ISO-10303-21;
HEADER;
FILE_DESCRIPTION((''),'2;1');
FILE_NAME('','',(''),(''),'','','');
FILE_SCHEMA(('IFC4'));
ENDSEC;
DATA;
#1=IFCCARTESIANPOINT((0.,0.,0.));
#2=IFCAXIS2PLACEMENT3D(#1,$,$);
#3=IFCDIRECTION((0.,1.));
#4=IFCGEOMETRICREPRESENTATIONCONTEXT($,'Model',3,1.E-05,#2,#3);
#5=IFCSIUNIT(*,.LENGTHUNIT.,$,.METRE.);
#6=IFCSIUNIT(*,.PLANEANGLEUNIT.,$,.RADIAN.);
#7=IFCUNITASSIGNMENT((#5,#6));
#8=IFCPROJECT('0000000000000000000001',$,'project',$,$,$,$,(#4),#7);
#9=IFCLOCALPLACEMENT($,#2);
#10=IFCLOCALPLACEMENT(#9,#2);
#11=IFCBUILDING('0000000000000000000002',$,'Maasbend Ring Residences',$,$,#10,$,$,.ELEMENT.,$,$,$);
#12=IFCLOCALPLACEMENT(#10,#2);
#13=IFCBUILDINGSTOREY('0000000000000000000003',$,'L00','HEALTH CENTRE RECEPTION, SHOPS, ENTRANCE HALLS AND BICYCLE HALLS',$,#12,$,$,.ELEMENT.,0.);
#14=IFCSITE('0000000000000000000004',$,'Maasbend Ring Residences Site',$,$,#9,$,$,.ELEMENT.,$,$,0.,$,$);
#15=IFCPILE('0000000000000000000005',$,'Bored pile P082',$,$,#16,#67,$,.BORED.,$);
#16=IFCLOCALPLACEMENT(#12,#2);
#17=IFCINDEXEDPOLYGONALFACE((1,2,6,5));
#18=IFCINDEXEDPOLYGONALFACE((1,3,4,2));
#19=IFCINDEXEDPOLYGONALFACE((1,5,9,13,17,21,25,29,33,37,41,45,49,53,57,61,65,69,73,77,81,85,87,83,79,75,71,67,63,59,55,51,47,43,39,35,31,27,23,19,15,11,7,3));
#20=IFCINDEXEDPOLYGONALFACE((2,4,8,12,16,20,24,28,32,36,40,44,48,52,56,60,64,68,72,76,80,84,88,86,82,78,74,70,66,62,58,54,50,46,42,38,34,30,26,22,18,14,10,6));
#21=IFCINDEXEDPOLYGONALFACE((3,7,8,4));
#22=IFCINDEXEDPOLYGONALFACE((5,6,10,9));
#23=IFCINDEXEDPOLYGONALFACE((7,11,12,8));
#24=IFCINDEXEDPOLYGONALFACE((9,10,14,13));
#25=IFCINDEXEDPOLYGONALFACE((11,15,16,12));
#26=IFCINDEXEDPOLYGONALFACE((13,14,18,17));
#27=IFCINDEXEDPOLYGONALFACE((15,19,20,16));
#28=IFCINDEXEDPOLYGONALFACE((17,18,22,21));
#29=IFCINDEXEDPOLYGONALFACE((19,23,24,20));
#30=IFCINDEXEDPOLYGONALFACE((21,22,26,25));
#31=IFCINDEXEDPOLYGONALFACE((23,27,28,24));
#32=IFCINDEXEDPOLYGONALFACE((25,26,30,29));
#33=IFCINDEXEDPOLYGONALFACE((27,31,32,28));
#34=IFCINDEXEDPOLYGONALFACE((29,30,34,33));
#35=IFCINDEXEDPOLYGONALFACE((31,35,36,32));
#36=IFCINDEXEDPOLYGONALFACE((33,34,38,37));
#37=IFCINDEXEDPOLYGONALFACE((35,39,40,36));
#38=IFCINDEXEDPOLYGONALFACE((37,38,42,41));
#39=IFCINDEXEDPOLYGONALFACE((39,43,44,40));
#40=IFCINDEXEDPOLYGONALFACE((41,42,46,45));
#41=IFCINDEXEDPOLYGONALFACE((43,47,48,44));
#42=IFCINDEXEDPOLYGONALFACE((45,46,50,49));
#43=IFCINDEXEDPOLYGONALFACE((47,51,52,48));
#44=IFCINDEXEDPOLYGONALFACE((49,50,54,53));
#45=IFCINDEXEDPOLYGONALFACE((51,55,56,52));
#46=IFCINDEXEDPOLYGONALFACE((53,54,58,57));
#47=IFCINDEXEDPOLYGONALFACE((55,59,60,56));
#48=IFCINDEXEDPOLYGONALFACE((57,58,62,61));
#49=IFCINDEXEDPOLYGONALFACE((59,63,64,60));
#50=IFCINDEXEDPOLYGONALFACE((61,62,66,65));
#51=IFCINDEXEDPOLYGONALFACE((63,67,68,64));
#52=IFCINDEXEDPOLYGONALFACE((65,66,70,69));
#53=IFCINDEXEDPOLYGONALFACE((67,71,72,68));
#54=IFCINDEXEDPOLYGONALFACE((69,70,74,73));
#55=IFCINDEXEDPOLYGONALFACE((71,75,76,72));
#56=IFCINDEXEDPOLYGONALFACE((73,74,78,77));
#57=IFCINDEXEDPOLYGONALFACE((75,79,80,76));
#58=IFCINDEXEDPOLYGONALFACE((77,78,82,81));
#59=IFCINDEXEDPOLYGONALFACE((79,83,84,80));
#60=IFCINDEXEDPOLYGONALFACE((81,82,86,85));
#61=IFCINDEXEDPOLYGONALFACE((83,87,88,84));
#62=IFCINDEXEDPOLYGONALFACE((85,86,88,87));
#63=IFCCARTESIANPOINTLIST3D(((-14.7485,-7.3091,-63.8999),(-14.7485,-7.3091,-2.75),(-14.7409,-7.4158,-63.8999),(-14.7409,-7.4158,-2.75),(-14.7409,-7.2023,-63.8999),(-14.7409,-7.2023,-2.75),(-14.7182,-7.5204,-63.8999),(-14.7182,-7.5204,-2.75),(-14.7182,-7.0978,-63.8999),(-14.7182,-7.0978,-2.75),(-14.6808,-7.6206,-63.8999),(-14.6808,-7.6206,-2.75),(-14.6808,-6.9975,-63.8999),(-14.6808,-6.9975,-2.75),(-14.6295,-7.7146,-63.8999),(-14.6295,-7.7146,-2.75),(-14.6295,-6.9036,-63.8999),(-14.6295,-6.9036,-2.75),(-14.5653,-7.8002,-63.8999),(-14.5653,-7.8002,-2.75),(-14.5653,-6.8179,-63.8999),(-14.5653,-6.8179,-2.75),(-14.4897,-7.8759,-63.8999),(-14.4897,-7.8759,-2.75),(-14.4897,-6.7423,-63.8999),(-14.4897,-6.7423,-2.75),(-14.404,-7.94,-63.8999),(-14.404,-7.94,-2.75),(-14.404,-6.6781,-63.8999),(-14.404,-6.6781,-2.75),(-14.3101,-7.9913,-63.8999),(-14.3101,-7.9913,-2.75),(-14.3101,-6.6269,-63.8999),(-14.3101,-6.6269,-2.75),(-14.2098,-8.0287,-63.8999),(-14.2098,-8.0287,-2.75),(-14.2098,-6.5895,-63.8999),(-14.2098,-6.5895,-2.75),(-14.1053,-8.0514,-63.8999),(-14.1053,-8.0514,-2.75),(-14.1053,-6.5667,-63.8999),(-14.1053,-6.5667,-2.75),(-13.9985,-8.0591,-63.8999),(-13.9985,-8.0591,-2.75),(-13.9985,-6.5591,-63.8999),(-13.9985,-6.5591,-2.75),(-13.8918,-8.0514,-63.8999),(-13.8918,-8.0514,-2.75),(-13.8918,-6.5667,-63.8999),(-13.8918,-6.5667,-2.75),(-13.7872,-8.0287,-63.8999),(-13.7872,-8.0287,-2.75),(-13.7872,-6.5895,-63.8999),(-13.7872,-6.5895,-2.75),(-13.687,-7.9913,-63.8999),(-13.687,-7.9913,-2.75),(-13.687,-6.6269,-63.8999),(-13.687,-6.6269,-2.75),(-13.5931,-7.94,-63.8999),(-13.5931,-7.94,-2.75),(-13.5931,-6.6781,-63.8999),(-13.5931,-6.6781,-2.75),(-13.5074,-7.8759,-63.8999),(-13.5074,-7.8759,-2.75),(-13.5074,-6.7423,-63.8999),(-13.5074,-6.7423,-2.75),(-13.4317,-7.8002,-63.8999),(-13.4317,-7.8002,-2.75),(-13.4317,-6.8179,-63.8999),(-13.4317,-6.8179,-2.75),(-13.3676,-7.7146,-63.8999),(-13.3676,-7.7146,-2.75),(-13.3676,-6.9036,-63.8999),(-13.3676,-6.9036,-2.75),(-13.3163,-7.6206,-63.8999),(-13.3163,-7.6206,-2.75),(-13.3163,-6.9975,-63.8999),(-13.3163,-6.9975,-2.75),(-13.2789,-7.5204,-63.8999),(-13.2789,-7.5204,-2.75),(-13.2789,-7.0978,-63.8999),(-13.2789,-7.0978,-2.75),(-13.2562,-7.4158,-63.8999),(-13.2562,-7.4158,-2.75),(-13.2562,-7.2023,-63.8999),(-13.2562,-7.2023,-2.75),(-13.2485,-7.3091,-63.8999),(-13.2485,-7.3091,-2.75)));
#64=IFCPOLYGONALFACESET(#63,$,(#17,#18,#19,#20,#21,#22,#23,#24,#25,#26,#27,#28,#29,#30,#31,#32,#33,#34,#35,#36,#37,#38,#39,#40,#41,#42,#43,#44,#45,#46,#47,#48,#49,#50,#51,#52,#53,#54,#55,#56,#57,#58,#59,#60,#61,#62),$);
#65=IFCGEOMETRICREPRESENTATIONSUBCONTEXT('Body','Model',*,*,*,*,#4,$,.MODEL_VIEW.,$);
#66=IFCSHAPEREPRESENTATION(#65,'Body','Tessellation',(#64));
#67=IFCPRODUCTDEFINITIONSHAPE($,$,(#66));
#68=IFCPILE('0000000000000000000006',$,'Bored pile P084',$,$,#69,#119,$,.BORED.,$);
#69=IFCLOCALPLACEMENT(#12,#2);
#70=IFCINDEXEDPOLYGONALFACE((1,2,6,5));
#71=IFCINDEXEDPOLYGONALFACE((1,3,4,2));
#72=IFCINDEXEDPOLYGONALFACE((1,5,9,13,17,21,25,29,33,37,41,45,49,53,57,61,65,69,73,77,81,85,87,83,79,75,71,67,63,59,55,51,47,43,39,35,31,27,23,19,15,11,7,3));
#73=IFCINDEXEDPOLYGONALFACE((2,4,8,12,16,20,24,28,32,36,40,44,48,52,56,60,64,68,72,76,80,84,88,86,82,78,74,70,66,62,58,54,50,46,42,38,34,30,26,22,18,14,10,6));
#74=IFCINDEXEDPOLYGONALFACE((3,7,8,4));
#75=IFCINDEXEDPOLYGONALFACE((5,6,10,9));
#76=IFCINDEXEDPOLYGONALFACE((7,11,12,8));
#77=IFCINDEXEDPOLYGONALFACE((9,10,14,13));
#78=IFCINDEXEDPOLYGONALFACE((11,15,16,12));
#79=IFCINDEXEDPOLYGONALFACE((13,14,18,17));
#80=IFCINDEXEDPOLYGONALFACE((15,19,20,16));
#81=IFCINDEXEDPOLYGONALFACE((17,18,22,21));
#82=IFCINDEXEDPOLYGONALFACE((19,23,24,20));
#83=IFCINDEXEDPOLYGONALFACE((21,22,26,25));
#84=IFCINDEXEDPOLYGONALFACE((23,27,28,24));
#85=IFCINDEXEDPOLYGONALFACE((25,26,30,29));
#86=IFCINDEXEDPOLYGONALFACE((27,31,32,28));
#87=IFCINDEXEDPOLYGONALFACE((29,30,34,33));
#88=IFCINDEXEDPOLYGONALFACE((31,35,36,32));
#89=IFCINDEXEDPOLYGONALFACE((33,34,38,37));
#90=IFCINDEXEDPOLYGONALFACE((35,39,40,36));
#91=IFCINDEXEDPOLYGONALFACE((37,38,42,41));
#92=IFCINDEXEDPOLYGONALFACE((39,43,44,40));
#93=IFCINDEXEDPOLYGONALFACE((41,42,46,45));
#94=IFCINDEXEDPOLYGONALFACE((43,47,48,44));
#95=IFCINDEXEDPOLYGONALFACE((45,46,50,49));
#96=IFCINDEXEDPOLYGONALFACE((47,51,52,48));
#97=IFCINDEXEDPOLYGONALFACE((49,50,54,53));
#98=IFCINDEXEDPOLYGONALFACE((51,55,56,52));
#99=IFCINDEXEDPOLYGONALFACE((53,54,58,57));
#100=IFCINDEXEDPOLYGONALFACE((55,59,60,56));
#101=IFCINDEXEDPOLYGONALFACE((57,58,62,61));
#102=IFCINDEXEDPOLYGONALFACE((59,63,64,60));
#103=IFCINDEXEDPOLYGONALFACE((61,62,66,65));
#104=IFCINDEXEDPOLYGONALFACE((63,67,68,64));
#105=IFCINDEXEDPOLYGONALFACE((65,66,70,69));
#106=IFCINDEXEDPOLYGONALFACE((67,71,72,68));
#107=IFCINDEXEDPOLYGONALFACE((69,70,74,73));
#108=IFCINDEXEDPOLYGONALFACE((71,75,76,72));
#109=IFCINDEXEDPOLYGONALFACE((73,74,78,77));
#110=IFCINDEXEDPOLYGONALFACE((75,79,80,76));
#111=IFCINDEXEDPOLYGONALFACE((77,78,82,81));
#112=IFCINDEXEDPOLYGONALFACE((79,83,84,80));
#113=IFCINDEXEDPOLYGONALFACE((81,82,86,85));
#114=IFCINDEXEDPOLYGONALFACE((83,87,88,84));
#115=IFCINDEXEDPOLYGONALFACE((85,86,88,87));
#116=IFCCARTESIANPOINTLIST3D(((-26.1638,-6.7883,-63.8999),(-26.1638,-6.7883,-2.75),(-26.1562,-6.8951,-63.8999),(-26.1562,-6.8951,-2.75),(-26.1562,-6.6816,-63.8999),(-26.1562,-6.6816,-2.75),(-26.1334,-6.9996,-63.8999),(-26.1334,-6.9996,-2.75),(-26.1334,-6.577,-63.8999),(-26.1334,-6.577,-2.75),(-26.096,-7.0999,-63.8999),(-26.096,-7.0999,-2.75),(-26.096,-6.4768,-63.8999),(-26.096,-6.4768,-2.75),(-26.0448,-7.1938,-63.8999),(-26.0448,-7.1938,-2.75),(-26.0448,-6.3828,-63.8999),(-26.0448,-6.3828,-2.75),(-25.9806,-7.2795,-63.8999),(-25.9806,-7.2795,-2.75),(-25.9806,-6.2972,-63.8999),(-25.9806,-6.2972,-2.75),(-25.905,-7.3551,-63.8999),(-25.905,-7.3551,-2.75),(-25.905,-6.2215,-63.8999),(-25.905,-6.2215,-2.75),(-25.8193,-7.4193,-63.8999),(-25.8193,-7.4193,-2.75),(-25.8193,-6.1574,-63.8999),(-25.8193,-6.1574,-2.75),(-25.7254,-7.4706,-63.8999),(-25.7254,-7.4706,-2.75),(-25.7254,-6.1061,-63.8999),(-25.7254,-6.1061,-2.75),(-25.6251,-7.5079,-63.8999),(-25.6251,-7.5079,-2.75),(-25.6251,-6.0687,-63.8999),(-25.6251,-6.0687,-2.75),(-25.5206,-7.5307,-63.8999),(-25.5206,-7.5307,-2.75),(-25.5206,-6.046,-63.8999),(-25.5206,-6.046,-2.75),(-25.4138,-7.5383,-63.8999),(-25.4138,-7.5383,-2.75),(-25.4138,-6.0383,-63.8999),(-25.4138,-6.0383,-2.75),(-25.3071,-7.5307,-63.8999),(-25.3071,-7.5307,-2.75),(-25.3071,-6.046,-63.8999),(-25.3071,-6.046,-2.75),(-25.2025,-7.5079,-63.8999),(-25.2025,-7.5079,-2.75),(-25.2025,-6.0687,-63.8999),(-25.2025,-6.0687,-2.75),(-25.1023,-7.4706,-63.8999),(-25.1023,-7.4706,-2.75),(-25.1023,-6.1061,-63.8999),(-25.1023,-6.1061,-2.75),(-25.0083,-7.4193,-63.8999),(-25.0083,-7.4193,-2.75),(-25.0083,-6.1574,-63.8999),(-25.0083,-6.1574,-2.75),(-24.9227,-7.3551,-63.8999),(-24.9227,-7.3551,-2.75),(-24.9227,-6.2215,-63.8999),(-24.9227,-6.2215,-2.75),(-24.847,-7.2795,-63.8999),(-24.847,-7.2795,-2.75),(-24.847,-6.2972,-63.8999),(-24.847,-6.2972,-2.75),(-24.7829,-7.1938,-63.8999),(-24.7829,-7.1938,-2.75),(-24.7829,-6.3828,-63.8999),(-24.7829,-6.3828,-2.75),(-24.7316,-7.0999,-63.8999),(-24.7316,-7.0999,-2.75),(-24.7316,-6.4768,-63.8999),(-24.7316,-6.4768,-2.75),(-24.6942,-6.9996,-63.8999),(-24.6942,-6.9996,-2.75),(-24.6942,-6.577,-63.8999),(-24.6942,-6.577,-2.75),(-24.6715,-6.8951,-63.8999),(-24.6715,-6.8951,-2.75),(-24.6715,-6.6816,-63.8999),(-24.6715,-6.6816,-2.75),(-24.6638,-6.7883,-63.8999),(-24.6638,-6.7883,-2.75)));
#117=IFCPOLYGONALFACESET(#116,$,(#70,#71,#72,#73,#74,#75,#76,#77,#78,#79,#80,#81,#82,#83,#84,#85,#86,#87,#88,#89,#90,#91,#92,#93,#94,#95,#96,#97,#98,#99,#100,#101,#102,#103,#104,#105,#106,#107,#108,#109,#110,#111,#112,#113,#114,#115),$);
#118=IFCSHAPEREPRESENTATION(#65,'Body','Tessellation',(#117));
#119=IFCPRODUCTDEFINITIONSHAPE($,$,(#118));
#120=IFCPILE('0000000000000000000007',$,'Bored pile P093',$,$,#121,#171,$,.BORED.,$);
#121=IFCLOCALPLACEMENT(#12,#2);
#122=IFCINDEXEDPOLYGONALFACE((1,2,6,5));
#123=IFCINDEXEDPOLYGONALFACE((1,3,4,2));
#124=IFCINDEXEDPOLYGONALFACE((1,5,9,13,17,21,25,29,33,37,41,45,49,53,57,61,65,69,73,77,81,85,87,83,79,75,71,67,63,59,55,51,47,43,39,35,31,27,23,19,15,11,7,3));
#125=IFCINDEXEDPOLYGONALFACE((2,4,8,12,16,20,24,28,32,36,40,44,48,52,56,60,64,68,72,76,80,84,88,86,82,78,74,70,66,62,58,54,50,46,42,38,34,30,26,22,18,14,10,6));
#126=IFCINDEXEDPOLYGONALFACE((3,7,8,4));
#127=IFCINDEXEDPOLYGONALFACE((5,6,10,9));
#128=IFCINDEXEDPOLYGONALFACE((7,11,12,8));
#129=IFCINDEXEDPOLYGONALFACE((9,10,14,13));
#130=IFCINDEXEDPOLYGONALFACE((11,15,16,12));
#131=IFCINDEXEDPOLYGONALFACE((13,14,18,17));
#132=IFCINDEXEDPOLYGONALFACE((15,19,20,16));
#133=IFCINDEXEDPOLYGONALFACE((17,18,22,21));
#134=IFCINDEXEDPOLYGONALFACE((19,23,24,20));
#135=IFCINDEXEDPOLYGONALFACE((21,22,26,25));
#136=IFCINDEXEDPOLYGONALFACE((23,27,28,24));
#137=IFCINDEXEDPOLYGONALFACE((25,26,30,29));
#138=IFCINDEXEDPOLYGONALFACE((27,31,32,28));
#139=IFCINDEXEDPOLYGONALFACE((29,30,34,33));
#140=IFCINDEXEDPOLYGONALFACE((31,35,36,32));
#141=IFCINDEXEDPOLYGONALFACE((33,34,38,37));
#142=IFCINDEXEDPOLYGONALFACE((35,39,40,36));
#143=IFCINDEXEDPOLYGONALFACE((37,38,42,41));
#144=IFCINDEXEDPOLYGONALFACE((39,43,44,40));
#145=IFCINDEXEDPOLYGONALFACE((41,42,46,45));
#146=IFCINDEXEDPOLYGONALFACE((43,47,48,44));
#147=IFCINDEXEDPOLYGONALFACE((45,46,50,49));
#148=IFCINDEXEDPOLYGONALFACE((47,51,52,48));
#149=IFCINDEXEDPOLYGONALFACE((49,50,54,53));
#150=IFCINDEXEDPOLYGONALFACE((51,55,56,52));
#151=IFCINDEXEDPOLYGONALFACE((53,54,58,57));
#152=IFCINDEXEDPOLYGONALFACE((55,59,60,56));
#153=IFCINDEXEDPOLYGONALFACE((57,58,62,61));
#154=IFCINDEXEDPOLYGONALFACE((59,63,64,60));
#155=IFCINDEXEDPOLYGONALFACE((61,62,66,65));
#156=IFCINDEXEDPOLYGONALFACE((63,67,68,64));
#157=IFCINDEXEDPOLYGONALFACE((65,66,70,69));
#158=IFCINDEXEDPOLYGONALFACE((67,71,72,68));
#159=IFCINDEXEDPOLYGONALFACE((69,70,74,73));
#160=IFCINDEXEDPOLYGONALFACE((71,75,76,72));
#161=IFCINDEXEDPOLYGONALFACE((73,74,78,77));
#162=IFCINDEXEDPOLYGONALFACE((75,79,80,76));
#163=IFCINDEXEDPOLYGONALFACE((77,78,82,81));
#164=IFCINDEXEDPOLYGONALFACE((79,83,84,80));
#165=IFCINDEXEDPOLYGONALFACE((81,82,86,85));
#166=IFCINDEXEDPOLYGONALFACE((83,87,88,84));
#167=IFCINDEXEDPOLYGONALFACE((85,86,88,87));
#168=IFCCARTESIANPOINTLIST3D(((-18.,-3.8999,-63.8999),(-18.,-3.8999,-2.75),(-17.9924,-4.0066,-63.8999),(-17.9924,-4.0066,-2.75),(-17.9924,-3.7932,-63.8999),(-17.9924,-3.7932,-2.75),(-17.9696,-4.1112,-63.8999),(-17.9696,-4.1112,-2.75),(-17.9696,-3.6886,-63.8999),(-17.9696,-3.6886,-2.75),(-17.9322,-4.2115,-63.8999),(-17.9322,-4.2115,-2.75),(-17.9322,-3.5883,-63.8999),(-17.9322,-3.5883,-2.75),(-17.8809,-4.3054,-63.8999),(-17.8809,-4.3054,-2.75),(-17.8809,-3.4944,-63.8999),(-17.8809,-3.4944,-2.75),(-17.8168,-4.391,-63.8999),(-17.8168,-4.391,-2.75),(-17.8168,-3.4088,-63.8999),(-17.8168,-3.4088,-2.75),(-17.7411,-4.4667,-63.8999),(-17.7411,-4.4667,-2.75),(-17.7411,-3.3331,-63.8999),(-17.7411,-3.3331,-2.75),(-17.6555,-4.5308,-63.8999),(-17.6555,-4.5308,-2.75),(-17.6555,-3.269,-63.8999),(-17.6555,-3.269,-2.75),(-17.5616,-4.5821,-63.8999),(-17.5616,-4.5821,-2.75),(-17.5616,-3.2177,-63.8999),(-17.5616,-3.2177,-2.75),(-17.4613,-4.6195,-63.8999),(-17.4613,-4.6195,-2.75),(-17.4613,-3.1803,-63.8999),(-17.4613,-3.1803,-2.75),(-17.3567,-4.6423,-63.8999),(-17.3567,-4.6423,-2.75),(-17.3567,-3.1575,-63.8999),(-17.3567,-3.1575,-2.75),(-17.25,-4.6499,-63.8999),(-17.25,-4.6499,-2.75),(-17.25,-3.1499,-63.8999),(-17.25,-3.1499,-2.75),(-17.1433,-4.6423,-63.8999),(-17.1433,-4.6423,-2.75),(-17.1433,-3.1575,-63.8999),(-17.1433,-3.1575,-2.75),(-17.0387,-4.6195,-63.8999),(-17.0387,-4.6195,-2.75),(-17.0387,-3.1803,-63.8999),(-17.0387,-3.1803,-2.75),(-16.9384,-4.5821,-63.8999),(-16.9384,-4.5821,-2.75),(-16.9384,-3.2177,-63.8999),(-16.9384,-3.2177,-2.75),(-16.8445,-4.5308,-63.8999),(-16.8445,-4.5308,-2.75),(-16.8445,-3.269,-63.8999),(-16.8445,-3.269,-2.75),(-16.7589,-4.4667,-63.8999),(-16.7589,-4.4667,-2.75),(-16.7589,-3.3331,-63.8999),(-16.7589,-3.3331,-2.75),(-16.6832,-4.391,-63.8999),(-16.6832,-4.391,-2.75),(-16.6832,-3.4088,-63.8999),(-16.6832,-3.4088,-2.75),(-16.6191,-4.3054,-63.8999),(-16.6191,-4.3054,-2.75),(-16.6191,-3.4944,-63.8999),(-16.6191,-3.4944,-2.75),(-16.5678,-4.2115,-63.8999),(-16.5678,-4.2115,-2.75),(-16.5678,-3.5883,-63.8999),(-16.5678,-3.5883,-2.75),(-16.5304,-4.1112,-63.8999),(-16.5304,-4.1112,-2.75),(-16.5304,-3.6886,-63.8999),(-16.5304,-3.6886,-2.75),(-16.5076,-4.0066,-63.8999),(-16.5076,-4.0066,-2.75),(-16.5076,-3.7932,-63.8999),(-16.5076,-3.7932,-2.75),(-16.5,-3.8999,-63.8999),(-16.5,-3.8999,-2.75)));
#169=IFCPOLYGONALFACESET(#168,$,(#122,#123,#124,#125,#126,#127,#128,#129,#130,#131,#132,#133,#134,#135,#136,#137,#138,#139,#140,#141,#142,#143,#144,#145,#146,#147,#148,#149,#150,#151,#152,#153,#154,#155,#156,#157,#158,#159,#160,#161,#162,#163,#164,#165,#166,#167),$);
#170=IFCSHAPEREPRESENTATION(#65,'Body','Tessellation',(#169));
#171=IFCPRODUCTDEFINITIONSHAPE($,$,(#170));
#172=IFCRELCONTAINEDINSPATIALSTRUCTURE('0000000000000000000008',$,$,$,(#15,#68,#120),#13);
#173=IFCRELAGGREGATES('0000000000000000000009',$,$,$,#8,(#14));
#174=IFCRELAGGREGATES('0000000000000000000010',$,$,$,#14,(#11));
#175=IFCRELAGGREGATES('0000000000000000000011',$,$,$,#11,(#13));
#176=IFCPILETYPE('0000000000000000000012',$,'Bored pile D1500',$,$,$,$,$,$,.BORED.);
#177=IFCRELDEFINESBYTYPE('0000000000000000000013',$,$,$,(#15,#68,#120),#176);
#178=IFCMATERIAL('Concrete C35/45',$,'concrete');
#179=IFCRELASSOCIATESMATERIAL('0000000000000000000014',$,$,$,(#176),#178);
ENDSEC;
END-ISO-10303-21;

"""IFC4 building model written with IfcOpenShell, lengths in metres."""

from ifc_helpers import new_model, si_unit, direction, frame, origin, origin_2d, place, context, subcontext, project, spatial, circle, extrude, material, material_profile, profile_set, type_object, element, save


model = new_model("IFC4")

# Units and contexts
model_context = context("Model", 3, precision=1e-05, world=origin(), true_north=direction((0.0, 1.0)))
body_context = subcontext(model_context, "Body", "Model", "MODEL_VIEW")
ifc_project = project(units=[si_unit("LENGTHUNIT", "METRE"), si_unit("PLANEANGLEUNIT", "RADIAN")], contexts=[model_context])

# Site, building, storey
site_placement = place(None, origin())
site = spatial("IfcSite", under=ifc_project, at=site_placement, Name="Maasbend Ring Residences Site", CompositionType="ELEMENT", RefElevation=0.0)
building_placement = place(site_placement, origin())
building = spatial("IfcBuilding", under=site, at=building_placement, Name="Maasbend Ring Residences", CompositionType="ELEMENT")
storey_placement = place(building_placement, origin())
storey = spatial("IfcBuildingStorey", under=building, at=storey_placement, Name="L00", Description="HEALTH CENTRE RECEPTION, SHOPS, ENTRANCE HALLS AND BICYCLE HALLS", CompositionType="ELEMENT", Elevation=0.0)

# Piles
ifc_material_1 = material(Name="Concrete C35/45", Category="concrete")
ifc_material_profile_1 = material_profile(ifc_material_1, circle(Radius=0.75, at=origin_2d()), Name="Bored pile D1500")
ifc_profile_set_1 = profile_set([ifc_material_profile_1], Name="Concrete C35/45")
pile_type = type_object("IfcPileType", Name="Bored pile D1500", PredefinedType="BORED", material=ifc_profile_set_1)
for number, where, z_axis, x_axis, name in (
    (1, (-13.9985, -7.3091, -2.75), (0.0, 0.0, -1.0), (1.0, 0.0, 0.0), "Bored pile P082"),
    (2, (-25.4138, -6.7883, -2.75), (0.0, 0.0, -1.0), (1.0, 0.0, 0.0), "Bored pile P084"),
    (3, (-17.25, -3.8999, -2.75), (0.0, 0.0, -1.0), (1.0, 0.0, 0.0), "Bored pile P093"),
):
    element("IfcPile", number, at=place(storey_placement, frame(where, z_axis=z_axis, x_axis=x_axis)), inside=storey, type_object=pile_type, Name=name, PredefinedType="BORED", context=body_context, shape_type="SweptSolid", body=[
        extrude(circle(Radius=0.75, at=origin_2d()), origin(), (0.0, 0.0, 1.0), 61.1499),
    ])

save(model, "model.ifc")
